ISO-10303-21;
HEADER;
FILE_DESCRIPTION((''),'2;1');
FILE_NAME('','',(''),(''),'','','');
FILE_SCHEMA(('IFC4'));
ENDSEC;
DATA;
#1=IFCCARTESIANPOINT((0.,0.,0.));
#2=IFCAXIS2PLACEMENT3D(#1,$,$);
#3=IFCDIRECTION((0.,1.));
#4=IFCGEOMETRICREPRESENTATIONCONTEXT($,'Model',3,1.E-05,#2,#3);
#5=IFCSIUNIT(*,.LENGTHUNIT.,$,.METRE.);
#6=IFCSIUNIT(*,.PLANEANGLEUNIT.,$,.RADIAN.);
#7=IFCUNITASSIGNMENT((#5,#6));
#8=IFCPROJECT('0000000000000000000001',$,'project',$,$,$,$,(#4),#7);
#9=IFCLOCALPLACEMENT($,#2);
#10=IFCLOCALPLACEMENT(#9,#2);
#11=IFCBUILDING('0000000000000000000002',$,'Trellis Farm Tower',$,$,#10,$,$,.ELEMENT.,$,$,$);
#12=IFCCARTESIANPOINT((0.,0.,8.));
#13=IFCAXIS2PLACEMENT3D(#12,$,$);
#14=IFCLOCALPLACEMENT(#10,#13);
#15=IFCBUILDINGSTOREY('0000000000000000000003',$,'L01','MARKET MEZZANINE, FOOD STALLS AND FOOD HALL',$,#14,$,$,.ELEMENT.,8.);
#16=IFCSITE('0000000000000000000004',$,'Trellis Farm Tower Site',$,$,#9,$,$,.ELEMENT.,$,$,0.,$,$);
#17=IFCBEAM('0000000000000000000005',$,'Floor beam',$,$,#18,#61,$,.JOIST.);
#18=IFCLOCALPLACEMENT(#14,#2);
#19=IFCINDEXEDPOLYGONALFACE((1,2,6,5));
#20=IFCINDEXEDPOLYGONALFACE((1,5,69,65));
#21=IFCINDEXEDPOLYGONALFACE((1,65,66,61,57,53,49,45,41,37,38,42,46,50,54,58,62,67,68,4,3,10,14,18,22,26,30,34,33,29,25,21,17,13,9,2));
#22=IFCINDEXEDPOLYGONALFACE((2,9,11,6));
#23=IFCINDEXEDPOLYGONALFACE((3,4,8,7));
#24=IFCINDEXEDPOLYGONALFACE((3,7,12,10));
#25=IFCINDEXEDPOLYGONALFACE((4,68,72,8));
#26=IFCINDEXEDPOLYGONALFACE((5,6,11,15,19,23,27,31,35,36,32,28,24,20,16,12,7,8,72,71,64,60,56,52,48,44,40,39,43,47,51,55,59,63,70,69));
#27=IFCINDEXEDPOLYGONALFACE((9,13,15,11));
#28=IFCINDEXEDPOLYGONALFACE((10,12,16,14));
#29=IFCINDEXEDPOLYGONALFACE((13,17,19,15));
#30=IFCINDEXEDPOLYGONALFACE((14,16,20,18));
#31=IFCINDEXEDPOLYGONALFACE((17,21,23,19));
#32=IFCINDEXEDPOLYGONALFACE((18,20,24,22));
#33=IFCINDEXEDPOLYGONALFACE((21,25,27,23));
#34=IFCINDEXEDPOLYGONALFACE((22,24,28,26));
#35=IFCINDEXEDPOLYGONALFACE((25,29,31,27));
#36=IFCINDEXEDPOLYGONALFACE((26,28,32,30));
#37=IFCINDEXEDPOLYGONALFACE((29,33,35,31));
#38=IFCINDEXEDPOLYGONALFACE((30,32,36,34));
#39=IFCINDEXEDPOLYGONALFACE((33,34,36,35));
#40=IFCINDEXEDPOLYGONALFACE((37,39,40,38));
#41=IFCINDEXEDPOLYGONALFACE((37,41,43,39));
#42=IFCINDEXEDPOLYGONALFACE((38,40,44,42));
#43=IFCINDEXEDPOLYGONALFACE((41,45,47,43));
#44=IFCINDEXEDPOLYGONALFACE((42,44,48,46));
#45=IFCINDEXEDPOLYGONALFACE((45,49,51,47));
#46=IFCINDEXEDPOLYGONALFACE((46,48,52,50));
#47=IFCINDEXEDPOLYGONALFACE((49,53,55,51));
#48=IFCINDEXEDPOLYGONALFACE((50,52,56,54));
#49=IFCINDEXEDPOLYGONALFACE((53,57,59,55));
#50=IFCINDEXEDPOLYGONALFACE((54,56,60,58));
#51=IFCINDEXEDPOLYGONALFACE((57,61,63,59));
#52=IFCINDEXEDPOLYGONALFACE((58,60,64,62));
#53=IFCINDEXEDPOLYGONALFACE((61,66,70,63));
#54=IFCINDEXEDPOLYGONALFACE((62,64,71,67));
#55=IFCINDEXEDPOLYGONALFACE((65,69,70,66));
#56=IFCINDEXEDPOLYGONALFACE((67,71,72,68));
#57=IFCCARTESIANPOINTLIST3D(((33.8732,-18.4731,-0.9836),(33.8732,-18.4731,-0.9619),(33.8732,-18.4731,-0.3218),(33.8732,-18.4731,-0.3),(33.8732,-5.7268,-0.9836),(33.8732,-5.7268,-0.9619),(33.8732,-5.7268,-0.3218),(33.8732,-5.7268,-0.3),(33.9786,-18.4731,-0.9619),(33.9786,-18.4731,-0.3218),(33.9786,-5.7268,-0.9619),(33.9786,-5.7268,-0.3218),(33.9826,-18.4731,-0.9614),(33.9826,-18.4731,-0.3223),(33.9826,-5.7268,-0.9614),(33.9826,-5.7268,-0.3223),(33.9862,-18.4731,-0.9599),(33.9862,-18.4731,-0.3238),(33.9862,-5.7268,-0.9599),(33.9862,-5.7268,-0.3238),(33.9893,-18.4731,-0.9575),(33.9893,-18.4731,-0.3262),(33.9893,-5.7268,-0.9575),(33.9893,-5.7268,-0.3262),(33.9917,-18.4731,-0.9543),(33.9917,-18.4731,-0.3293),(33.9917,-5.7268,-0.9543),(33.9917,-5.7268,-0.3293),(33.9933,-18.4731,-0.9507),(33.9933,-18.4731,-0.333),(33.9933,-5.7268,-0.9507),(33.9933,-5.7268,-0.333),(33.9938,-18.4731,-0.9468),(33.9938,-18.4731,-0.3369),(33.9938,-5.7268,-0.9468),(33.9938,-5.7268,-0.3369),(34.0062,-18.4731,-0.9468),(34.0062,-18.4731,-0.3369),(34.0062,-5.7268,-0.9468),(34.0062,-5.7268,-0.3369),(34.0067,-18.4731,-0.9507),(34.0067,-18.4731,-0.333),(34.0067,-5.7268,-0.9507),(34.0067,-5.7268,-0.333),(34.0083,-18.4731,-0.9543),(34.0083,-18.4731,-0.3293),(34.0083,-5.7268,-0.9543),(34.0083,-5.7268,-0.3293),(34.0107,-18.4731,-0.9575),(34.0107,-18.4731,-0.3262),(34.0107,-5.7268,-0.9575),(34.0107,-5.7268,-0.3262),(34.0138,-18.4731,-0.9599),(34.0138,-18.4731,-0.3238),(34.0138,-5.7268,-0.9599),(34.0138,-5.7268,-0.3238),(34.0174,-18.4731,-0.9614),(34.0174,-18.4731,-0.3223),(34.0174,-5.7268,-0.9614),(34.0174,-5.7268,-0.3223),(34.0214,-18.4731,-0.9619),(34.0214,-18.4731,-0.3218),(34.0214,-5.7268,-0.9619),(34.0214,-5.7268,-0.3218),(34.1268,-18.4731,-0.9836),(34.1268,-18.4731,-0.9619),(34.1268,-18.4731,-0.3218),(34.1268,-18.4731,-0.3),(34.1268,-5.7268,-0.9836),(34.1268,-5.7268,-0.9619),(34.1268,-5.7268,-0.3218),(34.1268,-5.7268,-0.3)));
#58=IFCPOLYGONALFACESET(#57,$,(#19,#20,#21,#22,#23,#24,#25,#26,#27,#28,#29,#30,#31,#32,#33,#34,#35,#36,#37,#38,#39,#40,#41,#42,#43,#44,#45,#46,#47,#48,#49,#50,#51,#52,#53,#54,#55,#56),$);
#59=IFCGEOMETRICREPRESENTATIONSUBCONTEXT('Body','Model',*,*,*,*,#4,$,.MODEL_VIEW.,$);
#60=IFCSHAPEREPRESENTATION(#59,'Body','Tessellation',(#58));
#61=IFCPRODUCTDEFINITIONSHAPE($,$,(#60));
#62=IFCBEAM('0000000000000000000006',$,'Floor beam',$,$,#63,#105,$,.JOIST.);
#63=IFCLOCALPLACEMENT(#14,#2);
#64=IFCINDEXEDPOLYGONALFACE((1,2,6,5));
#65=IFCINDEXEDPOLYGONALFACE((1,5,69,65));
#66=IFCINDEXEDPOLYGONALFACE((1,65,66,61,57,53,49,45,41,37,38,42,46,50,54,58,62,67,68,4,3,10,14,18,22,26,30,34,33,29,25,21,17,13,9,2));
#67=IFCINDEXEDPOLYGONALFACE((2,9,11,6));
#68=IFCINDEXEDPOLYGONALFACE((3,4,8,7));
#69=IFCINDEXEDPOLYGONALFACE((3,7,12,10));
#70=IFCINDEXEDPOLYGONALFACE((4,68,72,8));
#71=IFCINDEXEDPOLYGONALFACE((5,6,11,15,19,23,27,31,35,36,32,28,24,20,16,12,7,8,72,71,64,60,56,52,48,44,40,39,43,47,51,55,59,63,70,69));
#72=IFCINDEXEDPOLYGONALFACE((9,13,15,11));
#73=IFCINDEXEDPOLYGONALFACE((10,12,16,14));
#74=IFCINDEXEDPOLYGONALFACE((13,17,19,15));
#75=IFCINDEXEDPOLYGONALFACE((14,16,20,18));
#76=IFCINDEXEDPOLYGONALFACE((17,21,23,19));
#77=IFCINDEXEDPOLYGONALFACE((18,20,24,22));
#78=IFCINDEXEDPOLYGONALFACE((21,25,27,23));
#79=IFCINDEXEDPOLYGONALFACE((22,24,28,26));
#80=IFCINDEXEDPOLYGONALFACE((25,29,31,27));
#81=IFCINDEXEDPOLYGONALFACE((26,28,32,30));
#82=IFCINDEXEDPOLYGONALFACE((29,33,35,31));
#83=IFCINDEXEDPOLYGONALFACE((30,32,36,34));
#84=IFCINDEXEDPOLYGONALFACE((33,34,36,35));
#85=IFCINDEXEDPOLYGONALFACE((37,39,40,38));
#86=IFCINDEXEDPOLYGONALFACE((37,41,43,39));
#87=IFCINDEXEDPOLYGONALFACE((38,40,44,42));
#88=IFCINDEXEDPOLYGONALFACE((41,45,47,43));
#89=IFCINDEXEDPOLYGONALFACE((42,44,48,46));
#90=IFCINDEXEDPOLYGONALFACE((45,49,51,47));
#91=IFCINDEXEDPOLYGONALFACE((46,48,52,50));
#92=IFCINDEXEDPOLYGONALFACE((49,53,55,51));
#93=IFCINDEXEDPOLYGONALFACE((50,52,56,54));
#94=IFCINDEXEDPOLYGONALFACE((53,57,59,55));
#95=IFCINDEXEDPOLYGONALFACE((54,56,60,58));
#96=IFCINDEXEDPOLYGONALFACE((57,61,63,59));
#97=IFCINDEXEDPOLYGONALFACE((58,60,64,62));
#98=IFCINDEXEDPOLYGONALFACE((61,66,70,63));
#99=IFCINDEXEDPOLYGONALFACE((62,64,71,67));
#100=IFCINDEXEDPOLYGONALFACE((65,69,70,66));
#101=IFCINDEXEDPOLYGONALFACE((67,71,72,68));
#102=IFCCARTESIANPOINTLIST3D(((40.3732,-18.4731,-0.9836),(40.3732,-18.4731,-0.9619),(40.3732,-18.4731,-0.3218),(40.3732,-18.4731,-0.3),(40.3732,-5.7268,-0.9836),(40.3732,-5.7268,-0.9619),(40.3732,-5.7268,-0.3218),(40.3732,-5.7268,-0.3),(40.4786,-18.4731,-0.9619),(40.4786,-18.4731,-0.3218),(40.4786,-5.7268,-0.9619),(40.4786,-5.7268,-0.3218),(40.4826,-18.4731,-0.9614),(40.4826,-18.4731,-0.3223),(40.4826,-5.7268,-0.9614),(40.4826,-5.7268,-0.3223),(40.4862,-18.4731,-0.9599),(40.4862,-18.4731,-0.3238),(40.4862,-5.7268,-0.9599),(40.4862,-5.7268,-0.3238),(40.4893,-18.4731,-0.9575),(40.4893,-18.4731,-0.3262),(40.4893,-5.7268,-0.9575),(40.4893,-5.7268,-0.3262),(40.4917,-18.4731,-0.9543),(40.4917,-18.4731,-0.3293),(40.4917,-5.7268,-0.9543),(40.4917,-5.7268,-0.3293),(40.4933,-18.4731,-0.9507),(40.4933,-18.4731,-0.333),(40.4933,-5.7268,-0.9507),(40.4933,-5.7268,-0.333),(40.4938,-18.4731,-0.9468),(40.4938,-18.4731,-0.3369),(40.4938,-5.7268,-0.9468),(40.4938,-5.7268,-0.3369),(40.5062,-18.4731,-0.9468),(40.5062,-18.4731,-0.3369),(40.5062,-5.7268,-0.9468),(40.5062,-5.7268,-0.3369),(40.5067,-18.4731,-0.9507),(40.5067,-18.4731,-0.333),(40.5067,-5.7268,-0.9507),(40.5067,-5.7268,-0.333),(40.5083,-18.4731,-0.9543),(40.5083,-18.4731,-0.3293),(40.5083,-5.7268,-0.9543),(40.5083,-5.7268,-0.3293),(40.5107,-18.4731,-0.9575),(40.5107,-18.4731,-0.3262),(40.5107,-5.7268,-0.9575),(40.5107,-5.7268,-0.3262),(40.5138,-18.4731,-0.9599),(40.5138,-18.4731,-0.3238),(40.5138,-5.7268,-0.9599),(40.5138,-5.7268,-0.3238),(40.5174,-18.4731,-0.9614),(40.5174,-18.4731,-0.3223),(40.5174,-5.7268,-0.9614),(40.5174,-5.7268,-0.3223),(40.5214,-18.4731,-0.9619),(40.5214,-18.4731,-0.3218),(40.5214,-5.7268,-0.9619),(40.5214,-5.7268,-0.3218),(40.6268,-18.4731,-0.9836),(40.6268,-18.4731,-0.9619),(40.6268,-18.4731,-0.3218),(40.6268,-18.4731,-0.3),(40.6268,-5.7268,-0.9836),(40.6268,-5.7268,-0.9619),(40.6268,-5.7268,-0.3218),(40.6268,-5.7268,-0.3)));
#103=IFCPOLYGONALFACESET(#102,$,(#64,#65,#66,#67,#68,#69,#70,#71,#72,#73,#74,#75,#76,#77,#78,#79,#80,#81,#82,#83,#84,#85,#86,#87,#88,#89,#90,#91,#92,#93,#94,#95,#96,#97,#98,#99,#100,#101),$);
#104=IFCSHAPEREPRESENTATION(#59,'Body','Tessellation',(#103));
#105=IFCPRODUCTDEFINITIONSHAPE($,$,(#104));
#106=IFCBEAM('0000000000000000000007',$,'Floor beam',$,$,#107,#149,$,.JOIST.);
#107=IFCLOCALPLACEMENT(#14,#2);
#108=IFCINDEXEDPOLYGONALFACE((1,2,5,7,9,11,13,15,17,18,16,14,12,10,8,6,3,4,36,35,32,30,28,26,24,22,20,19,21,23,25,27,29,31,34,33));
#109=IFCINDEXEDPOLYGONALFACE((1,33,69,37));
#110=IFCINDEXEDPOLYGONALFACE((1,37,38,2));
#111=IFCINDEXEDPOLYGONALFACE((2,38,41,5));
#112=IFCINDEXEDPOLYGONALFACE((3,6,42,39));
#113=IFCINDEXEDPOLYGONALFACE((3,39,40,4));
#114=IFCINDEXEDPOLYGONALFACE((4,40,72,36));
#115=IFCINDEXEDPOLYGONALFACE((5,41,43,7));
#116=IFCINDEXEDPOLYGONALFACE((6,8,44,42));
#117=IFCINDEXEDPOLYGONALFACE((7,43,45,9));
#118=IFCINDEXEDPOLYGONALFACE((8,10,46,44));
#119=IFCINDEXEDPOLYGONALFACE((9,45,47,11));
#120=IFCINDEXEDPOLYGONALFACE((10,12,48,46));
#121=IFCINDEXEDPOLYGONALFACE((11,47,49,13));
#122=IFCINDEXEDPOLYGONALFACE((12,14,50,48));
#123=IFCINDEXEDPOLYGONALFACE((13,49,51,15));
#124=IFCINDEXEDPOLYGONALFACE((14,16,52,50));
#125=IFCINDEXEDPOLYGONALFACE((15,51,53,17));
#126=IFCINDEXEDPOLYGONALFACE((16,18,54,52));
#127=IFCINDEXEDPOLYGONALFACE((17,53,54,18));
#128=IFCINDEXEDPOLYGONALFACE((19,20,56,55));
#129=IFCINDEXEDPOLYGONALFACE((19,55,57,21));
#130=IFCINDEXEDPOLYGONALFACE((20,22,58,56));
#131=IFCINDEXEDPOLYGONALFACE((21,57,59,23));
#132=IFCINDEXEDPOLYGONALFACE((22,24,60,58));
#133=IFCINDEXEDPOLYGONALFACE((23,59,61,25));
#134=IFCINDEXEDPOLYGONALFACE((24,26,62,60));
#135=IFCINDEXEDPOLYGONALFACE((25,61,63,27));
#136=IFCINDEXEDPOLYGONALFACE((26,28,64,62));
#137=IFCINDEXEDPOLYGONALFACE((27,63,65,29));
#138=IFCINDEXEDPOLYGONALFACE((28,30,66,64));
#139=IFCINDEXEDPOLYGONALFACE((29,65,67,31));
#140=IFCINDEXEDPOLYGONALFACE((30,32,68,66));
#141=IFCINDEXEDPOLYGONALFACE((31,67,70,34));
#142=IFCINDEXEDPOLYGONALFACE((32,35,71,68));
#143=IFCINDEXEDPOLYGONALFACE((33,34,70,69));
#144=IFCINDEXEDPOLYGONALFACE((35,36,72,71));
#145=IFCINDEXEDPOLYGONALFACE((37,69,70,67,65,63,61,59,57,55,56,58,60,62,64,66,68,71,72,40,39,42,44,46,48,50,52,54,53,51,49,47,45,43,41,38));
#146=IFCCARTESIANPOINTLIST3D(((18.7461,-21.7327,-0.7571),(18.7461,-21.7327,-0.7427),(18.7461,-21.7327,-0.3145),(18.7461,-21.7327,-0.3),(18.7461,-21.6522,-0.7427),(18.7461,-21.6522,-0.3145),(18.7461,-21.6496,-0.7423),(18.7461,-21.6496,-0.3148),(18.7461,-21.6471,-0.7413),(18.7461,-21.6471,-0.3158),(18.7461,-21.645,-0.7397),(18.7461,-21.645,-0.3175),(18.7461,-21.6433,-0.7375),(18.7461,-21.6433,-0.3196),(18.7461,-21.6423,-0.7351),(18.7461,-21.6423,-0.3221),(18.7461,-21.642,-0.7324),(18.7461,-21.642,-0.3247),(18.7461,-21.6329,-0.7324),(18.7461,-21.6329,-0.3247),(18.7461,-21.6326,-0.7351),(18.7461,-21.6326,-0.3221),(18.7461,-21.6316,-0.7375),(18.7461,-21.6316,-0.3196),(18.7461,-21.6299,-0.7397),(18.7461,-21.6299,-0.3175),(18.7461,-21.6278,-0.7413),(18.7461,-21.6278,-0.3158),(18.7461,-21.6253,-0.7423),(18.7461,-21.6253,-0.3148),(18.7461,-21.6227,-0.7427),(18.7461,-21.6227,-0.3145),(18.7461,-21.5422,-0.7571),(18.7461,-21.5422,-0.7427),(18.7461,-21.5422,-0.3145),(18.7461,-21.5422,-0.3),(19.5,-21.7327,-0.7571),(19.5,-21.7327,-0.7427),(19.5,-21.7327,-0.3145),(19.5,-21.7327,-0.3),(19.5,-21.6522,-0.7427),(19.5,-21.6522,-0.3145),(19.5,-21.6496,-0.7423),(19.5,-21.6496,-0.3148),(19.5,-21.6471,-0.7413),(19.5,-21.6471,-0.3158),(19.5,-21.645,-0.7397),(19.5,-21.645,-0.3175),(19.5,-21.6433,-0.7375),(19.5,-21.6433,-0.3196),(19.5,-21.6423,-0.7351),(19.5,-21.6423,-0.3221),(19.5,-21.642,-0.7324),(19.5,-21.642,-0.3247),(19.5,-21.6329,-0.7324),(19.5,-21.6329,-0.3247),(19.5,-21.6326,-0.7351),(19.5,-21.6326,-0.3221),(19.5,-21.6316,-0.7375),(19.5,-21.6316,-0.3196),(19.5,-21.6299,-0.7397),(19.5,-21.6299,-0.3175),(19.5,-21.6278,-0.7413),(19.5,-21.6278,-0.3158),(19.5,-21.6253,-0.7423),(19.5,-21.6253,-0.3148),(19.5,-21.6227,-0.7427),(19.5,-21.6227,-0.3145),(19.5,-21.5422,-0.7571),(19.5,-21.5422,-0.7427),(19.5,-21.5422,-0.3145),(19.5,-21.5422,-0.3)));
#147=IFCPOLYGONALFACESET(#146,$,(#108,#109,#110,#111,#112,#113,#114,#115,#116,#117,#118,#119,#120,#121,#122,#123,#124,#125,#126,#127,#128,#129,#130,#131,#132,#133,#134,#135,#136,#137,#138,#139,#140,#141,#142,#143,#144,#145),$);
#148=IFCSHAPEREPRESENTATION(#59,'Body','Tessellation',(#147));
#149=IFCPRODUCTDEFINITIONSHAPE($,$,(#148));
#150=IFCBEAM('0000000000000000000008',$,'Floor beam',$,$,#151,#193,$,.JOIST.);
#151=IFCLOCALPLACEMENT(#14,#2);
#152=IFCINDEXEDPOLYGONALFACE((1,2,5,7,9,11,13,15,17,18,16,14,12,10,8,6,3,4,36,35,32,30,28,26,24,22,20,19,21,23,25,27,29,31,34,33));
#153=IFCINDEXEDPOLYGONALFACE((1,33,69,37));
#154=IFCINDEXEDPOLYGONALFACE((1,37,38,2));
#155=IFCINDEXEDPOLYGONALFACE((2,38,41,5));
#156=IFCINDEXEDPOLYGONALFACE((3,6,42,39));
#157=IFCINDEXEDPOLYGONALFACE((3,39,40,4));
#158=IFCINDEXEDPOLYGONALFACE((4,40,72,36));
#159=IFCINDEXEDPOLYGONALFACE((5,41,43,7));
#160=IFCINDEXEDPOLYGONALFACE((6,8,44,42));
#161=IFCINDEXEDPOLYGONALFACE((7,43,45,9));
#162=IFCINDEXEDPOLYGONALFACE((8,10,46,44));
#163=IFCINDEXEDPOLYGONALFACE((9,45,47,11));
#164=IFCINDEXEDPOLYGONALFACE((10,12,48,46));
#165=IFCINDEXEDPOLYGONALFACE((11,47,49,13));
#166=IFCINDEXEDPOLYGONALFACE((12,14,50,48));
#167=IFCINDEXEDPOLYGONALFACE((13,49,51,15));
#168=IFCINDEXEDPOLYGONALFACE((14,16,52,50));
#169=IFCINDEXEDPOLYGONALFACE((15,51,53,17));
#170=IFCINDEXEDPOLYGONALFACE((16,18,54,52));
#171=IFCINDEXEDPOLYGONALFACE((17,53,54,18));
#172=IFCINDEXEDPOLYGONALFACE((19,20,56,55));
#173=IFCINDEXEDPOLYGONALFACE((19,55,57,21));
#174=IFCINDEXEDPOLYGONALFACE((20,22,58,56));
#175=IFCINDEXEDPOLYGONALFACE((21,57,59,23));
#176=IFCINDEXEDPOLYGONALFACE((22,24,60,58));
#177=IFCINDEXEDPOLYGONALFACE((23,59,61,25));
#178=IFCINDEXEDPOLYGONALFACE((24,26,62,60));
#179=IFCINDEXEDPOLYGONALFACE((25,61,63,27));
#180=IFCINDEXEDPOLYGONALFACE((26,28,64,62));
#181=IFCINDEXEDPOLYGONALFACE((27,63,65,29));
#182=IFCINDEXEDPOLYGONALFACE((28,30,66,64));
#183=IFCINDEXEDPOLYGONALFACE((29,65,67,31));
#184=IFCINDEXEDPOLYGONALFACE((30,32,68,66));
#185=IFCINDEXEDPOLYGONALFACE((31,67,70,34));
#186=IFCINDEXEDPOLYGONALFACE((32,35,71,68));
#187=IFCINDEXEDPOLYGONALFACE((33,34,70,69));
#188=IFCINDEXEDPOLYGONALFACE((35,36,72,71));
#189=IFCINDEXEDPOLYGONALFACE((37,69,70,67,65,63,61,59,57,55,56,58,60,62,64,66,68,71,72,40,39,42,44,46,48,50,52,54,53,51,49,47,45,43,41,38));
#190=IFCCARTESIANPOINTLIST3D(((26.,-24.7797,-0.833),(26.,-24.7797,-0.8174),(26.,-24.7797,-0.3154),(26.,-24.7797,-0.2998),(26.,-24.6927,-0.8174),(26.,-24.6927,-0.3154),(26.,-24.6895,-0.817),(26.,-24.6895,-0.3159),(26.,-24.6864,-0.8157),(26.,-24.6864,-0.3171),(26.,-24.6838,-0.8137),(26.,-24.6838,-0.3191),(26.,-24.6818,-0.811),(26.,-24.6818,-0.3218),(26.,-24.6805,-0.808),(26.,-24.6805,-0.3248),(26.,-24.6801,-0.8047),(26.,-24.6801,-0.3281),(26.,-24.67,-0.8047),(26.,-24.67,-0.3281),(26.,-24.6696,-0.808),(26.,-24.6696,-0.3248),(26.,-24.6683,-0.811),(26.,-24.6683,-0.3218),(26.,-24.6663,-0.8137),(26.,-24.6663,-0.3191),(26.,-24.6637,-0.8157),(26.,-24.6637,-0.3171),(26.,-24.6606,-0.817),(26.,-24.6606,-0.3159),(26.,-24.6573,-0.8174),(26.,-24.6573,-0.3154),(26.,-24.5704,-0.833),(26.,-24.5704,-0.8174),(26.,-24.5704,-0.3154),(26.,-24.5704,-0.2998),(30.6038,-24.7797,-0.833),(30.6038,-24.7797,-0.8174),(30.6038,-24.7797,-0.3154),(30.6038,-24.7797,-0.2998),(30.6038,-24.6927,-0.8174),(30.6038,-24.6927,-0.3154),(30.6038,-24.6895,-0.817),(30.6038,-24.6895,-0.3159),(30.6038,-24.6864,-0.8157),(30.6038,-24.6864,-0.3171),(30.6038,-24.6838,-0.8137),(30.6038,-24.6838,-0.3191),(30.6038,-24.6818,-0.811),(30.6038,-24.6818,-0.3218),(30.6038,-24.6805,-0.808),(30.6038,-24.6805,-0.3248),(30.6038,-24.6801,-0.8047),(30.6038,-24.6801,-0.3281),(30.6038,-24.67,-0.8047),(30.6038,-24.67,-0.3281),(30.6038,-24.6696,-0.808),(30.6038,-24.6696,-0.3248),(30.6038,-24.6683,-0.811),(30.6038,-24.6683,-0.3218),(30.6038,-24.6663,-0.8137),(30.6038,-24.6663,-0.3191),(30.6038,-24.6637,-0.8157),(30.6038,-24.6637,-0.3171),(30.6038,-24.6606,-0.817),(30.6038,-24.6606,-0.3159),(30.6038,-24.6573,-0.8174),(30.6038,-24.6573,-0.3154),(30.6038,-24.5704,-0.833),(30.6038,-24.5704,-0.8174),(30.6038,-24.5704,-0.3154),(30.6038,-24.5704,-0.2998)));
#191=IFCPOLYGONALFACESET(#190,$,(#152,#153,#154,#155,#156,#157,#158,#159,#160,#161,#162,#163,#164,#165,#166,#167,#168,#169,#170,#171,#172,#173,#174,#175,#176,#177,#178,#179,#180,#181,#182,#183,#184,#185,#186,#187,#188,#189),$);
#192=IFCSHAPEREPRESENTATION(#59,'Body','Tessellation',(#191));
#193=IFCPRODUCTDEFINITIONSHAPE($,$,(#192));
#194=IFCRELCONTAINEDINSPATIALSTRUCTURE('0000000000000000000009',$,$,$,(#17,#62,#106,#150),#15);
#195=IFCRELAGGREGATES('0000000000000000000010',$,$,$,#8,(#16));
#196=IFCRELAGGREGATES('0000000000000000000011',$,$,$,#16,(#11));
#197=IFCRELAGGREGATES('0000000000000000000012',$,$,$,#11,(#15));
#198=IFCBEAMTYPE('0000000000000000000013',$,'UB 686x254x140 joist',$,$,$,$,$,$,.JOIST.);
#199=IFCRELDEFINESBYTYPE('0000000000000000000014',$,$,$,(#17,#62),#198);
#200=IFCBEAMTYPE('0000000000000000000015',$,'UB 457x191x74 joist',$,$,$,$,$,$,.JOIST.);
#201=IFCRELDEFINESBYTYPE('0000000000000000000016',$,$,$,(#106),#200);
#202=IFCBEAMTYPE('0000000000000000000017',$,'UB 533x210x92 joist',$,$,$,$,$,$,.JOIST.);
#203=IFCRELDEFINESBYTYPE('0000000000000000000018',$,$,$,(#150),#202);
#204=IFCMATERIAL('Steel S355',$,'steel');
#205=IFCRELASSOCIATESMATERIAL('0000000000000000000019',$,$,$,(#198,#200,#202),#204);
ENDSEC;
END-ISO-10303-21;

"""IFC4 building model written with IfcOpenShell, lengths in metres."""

from ifc_helpers import new_model, si_unit, direction, frame, origin, origin_2d, place, context, subcontext, project, spatial, i_section, extrude, source, transform, mapped, material, material_profile, profile_set, type_object, element, save


model = new_model("IFC4")

# Units and contexts
model_context = context("Model", 3, precision=1e-05, world=origin(), true_north=direction((0.0, 1.0)))
body_context = subcontext(model_context, "Body", "Model", "MODEL_VIEW")
ifc_project = project(units=[si_unit("LENGTHUNIT", "METRE"), si_unit("PLANEANGLEUNIT", "RADIAN")], contexts=[model_context])

# Site, building, storey
site_placement = place(None, origin())
site = spatial("IfcSite", under=ifc_project, at=site_placement, Name="Trellis Farm Tower Site", CompositionType="ELEMENT", RefElevation=0.0)
building_placement = place(site_placement, origin())
building = spatial("IfcBuilding", under=site, at=building_placement, Name="Trellis Farm Tower", CompositionType="ELEMENT")
storey_placement = place(building_placement, frame((0.0, 0.0, 8.0)))
storey = spatial("IfcBuildingStorey", under=building, at=storey_placement, Name="L01", Description="MARKET MEZZANINE, FOOD STALLS AND FOOD HALL", CompositionType="ELEMENT", Elevation=8.0)

# Beams
ifc_material_1 = material(Name="Steel S355", Category="steel")
ifc_material_profile_1 = material_profile(ifc_material_1, i_section(OverallWidth=0.2537, OverallDepth=0.6836, WebThickness=0.0125, FlangeThickness=0.0217, FilletRadius=0.0151, at=origin_2d()), Name="UB 686x254x140")
ifc_profile_set_1 = profile_set([ifc_material_profile_1], Name="Steel S355")
beam_type_1 = type_object("IfcBeamType", Name="UB 686x254x140 joist", PredefinedType="JOIST", material=ifc_profile_set_1)
shared_shape_1 = source(origin(), body_context, "Body", "SweptSolid", [
    extrude(i_section(OverallWidth=0.2537, OverallDepth=0.6836, WebThickness=0.0125, FlangeThickness=0.0217, FilletRadius=0.0151, at=origin_2d()), origin(), (0.0, 0.0, 1.0), 12.7463),
])
for number, where, z_axis, x_axis, name in (
    (1, (34.0, -18.4731, -0.6418), (0.0, 1.0, 0.0), (-1.0, 0.0, 0.0), "Floor beam"),
    (2, (40.5, -18.4731, -0.6418), (0.0, 1.0, 0.0), (-1.0, 0.0, 0.0), "Floor beam"),
):
    element("IfcBeam", number, at=place(storey_placement, frame(where, z_axis=z_axis, x_axis=x_axis)), inside=storey, type_object=beam_type_1, Name=name, PredefinedType="JOIST", context=body_context, shape_type="MappedRepresentation", body=[
        mapped(shared_shape_1, transform((0.0, 0.0, 0.0))),
    ])
ifc_material_profile_2 = material_profile(ifc_material_1, i_section(OverallWidth=0.1904, OverallDepth=0.457, WebThickness=0.009, FlangeThickness=0.0144, FilletRadius=0.0103, at=origin_2d()), Name="UB 457x191x74")
ifc_profile_set_2 = profile_set([ifc_material_profile_2], Name="Steel S355")
beam_type_2 = type_object("IfcBeamType", Name="UB 457x191x74 joist", PredefinedType="JOIST", material=ifc_profile_set_2)
shared_shape_2 = source(origin(), body_context, "Body", "SweptSolid", [
    extrude(i_section(OverallWidth=0.1904, OverallDepth=0.457, WebThickness=0.009, FlangeThickness=0.0144, FilletRadius=0.0103, at=origin_2d()), origin(), (0.0, 0.0, 1.0), 0.7539),
])
beam_1_placement = place(storey_placement, frame((18.7461, -21.6375, -0.5286), z_axis=(1.0, 0.0, 0.0), x_axis=(0.0, 1.0, 0.0)))
element("IfcBeam", 3, at=beam_1_placement, inside=storey, type_object=beam_type_2, Name="Floor beam", PredefinedType="JOIST", context=body_context, shape_type="MappedRepresentation", body=[
    mapped(shared_shape_2, transform((0.0, 0.0, 0.0))),
])
ifc_material_profile_3 = material_profile(ifc_material_1, i_section(OverallWidth=0.2092, OverallDepth=0.5332, WebThickness=0.01, FlangeThickness=0.0156, FilletRadius=0.0127, at=origin_2d()), Name="UB 533x210x92")
ifc_profile_set_3 = profile_set([ifc_material_profile_3], Name="Steel S355")
beam_type_3 = type_object("IfcBeamType", Name="UB 533x210x92 joist", PredefinedType="JOIST", material=ifc_profile_set_3)
shared_shape_3 = source(origin(), body_context, "Body", "SweptSolid", [
    extrude(i_section(OverallWidth=0.2092, OverallDepth=0.5332, WebThickness=0.01, FlangeThickness=0.0156, FilletRadius=0.0127, at=origin_2d()), origin(), (0.0, 0.0, 1.0), 4.6038),
])
for number, where, z_axis, x_axis, name in (
    (4, (26.0, -24.675, -0.5664), (1.0, 0.0, 0.0), (0.0, 1.0, 0.0), "Floor beam"),
):
    element("IfcBeam", number, at=place(storey_placement, frame(where, z_axis=z_axis, x_axis=x_axis)), inside=storey, type_object=beam_type_3, Name=name, PredefinedType="JOIST", context=body_context, shape_type="MappedRepresentation", body=[
        mapped(shared_shape_3, transform((0.0, 0.0, 0.0))),
    ])

save(model, "model.ifc")
